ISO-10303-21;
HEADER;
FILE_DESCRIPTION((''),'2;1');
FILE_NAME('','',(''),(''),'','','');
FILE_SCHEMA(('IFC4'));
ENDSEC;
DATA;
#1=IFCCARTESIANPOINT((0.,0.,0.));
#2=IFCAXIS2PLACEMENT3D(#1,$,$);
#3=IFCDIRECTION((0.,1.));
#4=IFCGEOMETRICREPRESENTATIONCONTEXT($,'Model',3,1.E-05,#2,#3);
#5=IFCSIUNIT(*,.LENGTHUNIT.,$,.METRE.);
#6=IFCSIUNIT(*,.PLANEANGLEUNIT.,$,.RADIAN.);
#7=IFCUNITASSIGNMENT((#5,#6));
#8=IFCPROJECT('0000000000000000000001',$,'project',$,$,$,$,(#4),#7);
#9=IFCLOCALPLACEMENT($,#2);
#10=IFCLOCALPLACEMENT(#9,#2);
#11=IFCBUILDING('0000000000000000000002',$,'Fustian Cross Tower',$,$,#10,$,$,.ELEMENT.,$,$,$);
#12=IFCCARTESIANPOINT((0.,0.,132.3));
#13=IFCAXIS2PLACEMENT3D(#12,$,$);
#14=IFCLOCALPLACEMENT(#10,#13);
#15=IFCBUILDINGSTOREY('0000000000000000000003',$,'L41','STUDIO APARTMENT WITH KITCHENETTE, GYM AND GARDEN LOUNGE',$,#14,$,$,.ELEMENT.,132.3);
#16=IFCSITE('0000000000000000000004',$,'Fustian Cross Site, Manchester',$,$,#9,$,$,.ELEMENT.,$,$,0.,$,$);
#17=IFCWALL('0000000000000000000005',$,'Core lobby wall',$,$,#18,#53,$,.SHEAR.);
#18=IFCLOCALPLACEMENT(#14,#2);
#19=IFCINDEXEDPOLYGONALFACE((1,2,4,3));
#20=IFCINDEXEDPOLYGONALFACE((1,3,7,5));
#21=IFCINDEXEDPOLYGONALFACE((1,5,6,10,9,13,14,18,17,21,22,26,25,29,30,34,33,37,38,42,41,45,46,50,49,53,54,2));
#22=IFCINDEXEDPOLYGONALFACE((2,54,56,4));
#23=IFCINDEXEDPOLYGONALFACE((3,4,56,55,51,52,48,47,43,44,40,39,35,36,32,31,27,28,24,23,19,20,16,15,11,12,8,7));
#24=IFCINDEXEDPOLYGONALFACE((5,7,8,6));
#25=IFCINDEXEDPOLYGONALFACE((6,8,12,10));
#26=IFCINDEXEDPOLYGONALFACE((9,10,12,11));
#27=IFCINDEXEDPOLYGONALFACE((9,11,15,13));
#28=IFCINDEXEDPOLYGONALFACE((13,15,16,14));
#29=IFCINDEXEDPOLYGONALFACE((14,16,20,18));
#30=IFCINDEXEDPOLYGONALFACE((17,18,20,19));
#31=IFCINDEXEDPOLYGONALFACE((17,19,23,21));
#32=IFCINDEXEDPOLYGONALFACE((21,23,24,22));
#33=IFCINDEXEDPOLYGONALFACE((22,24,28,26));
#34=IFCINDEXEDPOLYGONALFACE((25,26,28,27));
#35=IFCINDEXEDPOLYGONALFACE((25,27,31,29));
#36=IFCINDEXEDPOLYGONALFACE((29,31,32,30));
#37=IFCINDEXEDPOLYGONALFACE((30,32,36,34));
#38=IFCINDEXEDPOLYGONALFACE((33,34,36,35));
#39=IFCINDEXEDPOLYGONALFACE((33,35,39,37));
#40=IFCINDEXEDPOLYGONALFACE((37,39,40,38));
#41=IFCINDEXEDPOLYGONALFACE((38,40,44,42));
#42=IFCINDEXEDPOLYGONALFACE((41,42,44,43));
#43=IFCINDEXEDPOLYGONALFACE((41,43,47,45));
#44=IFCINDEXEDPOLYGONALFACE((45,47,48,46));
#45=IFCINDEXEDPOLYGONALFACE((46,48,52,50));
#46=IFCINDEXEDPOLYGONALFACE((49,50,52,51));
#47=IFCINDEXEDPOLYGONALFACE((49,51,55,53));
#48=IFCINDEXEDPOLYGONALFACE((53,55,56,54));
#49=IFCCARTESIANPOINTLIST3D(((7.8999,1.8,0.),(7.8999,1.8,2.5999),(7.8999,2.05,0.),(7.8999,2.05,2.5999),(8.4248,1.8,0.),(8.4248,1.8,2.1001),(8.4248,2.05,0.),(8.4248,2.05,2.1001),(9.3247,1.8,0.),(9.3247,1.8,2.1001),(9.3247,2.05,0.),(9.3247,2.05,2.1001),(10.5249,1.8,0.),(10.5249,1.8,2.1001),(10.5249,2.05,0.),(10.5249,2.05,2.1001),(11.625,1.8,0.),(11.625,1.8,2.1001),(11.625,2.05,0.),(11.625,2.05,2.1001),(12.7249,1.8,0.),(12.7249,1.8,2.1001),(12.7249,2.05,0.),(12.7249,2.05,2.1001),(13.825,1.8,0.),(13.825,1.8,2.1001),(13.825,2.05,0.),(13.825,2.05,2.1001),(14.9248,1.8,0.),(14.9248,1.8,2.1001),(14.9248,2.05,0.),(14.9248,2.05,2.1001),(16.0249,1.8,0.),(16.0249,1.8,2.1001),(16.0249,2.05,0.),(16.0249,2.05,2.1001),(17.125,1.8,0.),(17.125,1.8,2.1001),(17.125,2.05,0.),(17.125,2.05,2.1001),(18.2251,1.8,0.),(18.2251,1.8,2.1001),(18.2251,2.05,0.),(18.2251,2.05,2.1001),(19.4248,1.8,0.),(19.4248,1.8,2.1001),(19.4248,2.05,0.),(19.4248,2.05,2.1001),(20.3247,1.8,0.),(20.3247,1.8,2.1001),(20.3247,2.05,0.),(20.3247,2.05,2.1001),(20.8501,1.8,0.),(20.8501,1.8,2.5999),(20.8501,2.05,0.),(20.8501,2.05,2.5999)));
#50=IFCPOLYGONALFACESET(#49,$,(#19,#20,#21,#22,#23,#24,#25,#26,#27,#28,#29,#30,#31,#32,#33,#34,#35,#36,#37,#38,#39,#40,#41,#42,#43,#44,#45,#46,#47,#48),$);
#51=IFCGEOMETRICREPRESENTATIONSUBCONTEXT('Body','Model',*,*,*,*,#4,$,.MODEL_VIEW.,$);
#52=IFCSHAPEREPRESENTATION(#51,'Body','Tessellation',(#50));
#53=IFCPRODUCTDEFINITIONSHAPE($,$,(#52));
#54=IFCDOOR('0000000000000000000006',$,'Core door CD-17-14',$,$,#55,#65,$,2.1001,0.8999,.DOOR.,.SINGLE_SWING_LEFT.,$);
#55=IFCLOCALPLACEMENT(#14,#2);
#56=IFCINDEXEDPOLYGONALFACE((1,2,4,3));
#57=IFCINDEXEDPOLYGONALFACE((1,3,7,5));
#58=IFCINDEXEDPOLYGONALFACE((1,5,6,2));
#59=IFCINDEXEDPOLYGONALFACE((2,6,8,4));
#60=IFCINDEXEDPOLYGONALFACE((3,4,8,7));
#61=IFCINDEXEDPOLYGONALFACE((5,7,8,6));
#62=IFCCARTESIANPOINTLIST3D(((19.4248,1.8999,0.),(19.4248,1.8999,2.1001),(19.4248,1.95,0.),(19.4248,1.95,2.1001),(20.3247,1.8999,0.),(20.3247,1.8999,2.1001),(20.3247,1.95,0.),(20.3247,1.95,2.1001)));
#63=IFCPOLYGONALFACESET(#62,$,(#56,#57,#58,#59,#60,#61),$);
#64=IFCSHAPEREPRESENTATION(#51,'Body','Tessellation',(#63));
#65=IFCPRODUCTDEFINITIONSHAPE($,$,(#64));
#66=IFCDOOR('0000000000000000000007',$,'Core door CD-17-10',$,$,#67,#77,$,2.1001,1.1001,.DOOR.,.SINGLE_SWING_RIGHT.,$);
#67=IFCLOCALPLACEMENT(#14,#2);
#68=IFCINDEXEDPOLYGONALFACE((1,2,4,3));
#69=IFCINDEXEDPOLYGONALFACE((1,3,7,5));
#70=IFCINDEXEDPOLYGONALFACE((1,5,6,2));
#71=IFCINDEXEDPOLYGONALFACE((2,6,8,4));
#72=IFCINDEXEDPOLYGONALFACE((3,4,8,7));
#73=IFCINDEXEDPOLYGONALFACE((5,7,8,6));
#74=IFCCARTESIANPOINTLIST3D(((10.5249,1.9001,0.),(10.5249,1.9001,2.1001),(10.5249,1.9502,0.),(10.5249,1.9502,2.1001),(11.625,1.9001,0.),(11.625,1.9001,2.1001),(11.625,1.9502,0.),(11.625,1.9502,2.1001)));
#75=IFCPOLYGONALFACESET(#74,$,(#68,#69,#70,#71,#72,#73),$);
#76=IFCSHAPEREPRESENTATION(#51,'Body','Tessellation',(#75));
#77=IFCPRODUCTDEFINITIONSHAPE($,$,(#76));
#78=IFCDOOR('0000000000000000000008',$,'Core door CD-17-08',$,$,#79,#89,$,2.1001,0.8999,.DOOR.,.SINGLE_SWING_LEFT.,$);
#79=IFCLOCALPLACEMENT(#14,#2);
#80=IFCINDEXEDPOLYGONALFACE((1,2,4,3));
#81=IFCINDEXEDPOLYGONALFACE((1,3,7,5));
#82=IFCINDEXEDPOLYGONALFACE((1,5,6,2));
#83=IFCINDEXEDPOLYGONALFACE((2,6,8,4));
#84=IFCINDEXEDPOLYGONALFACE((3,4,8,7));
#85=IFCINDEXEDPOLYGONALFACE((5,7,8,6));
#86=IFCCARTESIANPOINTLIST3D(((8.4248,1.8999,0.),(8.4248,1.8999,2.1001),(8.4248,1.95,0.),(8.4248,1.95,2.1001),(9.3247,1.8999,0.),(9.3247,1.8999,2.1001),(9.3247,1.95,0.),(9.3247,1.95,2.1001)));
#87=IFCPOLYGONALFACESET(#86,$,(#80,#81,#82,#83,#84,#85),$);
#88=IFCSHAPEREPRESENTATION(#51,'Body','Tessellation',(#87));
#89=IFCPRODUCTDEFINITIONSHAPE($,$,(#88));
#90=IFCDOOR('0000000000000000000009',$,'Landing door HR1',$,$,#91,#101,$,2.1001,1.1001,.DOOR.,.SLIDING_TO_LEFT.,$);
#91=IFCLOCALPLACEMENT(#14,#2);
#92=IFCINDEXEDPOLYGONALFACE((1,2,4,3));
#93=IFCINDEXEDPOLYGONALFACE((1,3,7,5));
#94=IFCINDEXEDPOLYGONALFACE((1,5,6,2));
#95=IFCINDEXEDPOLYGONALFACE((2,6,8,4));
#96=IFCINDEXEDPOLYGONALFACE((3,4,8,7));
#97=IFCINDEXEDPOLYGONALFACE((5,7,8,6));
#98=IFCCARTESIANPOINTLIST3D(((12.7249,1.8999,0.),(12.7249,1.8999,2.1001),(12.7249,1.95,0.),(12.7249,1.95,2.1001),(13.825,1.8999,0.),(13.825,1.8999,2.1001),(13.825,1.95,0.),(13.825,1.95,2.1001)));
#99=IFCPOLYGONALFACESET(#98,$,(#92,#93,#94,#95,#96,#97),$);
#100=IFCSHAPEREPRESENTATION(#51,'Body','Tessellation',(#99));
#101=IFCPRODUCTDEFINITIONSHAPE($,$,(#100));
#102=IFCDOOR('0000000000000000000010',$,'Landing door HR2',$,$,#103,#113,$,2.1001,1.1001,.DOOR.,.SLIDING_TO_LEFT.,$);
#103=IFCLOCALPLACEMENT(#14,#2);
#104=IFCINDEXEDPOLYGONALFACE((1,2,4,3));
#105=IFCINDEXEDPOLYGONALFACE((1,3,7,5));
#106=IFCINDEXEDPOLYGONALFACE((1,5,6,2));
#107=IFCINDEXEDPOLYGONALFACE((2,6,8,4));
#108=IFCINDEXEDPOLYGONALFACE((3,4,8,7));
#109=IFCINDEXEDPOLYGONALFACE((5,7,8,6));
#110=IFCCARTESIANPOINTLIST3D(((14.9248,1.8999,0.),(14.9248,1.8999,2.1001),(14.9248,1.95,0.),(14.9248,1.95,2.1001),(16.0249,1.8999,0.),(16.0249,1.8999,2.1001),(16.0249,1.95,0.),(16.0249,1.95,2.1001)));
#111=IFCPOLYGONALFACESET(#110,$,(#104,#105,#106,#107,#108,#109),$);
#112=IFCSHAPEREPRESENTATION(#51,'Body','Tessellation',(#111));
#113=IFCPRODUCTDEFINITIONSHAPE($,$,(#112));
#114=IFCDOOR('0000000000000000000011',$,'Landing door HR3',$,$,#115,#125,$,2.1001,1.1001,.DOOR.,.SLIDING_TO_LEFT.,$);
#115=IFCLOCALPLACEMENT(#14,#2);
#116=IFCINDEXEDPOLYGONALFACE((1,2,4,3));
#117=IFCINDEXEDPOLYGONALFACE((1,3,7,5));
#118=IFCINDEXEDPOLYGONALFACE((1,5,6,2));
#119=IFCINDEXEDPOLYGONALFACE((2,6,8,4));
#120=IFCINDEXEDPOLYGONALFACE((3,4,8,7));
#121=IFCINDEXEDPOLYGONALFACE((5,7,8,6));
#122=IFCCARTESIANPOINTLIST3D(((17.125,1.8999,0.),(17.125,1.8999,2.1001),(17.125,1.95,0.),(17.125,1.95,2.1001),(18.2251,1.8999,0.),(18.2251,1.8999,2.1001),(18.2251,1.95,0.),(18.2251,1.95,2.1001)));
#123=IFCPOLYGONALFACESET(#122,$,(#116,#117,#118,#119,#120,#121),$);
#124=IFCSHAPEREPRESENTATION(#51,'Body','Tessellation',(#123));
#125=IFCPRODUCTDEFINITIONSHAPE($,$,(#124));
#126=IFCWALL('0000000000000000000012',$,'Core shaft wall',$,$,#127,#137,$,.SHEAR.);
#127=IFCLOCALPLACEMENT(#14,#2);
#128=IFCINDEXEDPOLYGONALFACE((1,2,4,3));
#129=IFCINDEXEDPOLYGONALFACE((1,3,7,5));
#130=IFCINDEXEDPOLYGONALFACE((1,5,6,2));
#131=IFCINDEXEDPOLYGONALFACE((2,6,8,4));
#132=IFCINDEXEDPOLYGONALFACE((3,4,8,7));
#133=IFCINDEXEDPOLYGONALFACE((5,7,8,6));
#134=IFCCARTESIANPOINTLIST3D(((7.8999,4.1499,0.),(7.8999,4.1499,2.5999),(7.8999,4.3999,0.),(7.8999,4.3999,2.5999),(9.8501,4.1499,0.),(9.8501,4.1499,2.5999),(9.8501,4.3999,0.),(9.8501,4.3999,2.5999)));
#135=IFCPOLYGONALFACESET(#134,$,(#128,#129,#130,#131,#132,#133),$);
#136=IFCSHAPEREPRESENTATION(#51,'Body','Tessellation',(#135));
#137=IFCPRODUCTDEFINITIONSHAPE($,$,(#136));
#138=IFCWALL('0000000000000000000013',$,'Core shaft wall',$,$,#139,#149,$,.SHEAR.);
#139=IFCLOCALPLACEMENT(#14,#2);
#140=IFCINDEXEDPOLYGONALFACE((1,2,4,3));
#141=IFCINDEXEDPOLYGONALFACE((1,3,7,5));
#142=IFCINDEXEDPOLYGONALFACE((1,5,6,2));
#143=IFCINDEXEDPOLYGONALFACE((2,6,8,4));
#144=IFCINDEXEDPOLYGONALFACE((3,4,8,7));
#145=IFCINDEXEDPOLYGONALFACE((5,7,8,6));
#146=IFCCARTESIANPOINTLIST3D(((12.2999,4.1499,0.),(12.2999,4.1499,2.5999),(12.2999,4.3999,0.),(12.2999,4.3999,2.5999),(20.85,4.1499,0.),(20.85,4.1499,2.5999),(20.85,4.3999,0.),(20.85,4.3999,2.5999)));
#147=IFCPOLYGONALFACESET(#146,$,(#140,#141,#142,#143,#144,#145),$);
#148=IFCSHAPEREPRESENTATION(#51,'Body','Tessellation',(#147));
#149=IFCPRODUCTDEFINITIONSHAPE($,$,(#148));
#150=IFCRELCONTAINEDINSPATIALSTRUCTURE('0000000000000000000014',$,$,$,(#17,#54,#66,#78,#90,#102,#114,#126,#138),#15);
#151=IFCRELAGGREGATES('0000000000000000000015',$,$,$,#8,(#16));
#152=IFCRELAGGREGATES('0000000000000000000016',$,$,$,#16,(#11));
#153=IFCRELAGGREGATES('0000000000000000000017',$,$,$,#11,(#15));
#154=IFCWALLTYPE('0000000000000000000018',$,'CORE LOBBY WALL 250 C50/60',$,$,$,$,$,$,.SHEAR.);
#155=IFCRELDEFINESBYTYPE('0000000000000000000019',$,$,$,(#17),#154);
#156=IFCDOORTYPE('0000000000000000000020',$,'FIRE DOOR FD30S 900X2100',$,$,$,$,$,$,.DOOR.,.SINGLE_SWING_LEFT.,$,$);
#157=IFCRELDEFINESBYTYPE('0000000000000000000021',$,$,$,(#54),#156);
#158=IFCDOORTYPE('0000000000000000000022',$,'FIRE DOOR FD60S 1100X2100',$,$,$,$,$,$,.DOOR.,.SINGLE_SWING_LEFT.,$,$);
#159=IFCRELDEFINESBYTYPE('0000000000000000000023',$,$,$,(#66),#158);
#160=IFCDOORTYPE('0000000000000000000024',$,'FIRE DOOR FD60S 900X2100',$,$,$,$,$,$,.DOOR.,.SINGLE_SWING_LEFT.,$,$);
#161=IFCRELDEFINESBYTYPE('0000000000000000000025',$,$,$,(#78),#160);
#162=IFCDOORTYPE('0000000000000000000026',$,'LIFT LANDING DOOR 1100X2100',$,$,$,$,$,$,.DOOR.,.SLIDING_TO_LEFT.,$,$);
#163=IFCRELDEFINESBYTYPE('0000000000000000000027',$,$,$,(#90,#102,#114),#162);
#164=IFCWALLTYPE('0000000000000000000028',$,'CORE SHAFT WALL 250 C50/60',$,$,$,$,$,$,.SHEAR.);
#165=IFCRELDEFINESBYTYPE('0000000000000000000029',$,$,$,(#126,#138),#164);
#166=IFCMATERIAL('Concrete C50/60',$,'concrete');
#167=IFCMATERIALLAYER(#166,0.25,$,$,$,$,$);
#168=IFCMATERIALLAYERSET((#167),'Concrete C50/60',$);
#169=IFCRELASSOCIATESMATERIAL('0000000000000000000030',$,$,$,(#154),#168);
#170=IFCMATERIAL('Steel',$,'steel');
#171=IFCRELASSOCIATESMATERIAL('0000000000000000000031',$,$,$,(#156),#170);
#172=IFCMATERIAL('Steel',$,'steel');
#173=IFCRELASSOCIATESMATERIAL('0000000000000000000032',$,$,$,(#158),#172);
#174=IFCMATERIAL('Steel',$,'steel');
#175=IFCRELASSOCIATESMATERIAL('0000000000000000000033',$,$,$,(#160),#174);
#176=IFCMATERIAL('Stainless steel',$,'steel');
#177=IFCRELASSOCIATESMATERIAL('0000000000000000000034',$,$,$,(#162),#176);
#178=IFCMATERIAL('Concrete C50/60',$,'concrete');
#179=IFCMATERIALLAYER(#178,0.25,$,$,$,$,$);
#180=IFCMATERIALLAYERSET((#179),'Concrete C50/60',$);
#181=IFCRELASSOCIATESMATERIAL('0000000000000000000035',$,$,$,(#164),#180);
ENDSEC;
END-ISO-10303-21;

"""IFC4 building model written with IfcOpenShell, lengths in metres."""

from ifc_helpers import new_model, si_unit, direction, frame, frame_2d, origin, place, context, subcontext, project, spatial, rectangle, extrude, material, layer, layer_set, type_object, element, fill, save


model = new_model("IFC4")

# Units and contexts
model_context = context("Model", 3, precision=1e-05, world=origin(), true_north=direction((0.0, 1.0)))
body_context = subcontext(model_context, "Body", "Model", "MODEL_VIEW")
ifc_project = project(units=[si_unit("LENGTHUNIT", "METRE"), si_unit("PLANEANGLEUNIT", "RADIAN")], contexts=[model_context])

# Site, building, storey
site_placement = place(None, origin())
site = spatial("IfcSite", under=ifc_project, at=site_placement, Name="Fustian Cross Site, Manchester", CompositionType="ELEMENT", RefElevation=0.0)
building_placement = place(site_placement, origin())
building = spatial("IfcBuilding", under=site, at=building_placement, Name="Fustian Cross Tower", CompositionType="ELEMENT")
storey_placement = place(building_placement, frame((0.0, 0.0, 132.3)))
storey = spatial("IfcBuildingStorey", under=building, at=storey_placement, Name="L41", Description="STUDIO APARTMENT WITH KITCHENETTE, GYM AND GARDEN LOUNGE", CompositionType="ELEMENT", Elevation=132.3)

# Wall, openings, doors
ifc_material_1 = material(Name="Concrete C50/60", Category="concrete")
ifc_layer_1 = layer(ifc_material_1, 0.25)
ifc_layer_set_1 = layer_set([ifc_layer_1], Name="Concrete C50/60")
wall_type_1 = type_object("IfcWallType", Name="CORE LOBBY WALL 250 C50/60", PredefinedType="SHEAR", material=ifc_layer_set_1)
wall_1_placement = place(storey_placement, frame((7.8999, 1.925, 0.0), z_axis=(0.0, 0.0, 1.0), x_axis=(1.0, 0.0, 0.0)))
wall_1 = element("IfcWall", 1, at=wall_1_placement, inside=storey, type_object=wall_type_1, Name="Core lobby wall", PredefinedType="SHEAR", context=body_context, shape_type="SweptSolid", body=[
    extrude(rectangle(XDim=12.9502, YDim=0.25, at=frame_2d((6.4751, 0.0))), origin(), (0.0, 0.0, 1.0), 2.5999),
])
opening_1_placement = place(wall_1_placement, frame((4.825, 0.0, 0.0)))
opening_1 = element("IfcOpeningElement", 2, at=opening_1_placement, cuts=wall_1, PredefinedType="OPENING", context=body_context, shape_type="SweptSolid", body=[
    extrude(rectangle(XDim=1.1001, YDim=2.1001, at=frame_2d((0.55, 1.05))), frame((0.0, 0.135, 0.0), z_axis=(0.0, -1.0, 0.0), x_axis=(1.0, 0.0, 0.0)), (0.0, 0.0, 1.0), 0.27),
])
opening_2_placement = place(wall_1_placement, frame((7.0249, 0.0, 0.0)))
opening_2 = element("IfcOpeningElement", 3, at=opening_2_placement, cuts=wall_1, PredefinedType="OPENING", context=body_context, shape_type="SweptSolid", body=[
    extrude(rectangle(XDim=1.1001, YDim=2.1001, at=frame_2d((0.55, 1.05))), frame((0.0, 0.135, 0.0), z_axis=(0.0, -1.0, 0.0), x_axis=(1.0, 0.0, 0.0)), (0.0, 0.0, 1.0), 0.27),
])
opening_3_placement = place(wall_1_placement, frame((9.2251, 0.0, 0.0)))
opening_3 = element("IfcOpeningElement", 4, at=opening_3_placement, cuts=wall_1, PredefinedType="OPENING", context=body_context, shape_type="SweptSolid", body=[
    extrude(rectangle(XDim=1.1001, YDim=2.1001, at=frame_2d((0.55, 1.05))), frame((0.0, 0.135, 0.0), z_axis=(0.0, -1.0, 0.0), x_axis=(1.0, 0.0, 0.0)), (0.0, 0.0, 1.0), 0.27),
])
opening_4_placement = place(wall_1_placement, frame((0.5249, 0.0, 0.0)))
opening_4 = element("IfcOpeningElement", 5, at=opening_4_placement, cuts=wall_1, PredefinedType="OPENING", context=body_context, shape_type="SweptSolid", body=[
    extrude(rectangle(XDim=0.8999, YDim=2.1001, at=frame_2d((0.45, 1.05))), frame((0.0, 0.135, 0.0), z_axis=(0.0, -1.0, 0.0), x_axis=(1.0, 0.0, 0.0)), (0.0, 0.0, 1.0), 0.27),
])
opening_5_placement = place(wall_1_placement, frame((2.625, 0.0, 0.0)))
opening_5 = element("IfcOpeningElement", 6, at=opening_5_placement, cuts=wall_1, PredefinedType="OPENING", context=body_context, shape_type="SweptSolid", body=[
    extrude(rectangle(XDim=1.1001, YDim=2.1001, at=frame_2d((0.55, 1.05))), frame((0.0, 0.135, 0.0), z_axis=(0.0, -1.0, 0.0), x_axis=(1.0, 0.0, 0.0)), (0.0, 0.0, 1.0), 0.27),
])
opening_6_placement = place(wall_1_placement, frame((11.5249, 0.0, 0.0)))
opening_6 = element("IfcOpeningElement", 7, at=opening_6_placement, cuts=wall_1, PredefinedType="OPENING", context=body_context, shape_type="SweptSolid", body=[
    extrude(rectangle(XDim=0.8999, YDim=2.1001, at=frame_2d((0.45, 1.05))), frame((0.0, 0.135, 0.0), z_axis=(0.0, -1.0, 0.0), x_axis=(1.0, 0.0, 0.0)), (0.0, 0.0, 1.0), 0.27),
])
ifc_material_2 = material(Name="Steel", Category="steel")
door_type_1 = type_object("IfcDoorType", Name="FIRE DOOR FD30S 900X2100", OperationType="SINGLE_SWING_LEFT", PredefinedType="DOOR", material=ifc_material_2)
door_1_placement = place(opening_6_placement, origin())
door_1 = element("IfcDoor", 8, at=door_1_placement, inside=storey, type_object=door_type_1, Name="Core door CD-17-14", OperationType="SINGLE_SWING_LEFT", OverallHeight=2.1001, OverallWidth=0.8999, PredefinedType="DOOR", context=body_context, shape_type="SweptSolid", body=[
    extrude(rectangle(XDim=0.8999, YDim=2.1001, at=frame_2d((0.45, 1.05))), frame((0.0, 0.0249, 0.0), z_axis=(0.0, -1.0, 0.0), x_axis=(1.0, 0.0, 0.0)), (0.0, 0.0, 1.0), 0.05),
])
fill(opening_6, door_1)
ifc_material_3 = material(Name="Steel", Category="steel")
door_type_2 = type_object("IfcDoorType", Name="FIRE DOOR FD60S 1100X2100", OperationType="SINGLE_SWING_LEFT", PredefinedType="DOOR", material=ifc_material_3)
door_2_placement = place(opening_5_placement, frame((1.1001, 0.0, 0.0), z_axis=(0.0, 0.0, 1.0), x_axis=(-1.0, 0.0, 0.0)))
door_2 = element("IfcDoor", 9, at=door_2_placement, inside=storey, type_object=door_type_2, Name="Core door CD-17-10", OperationType="SINGLE_SWING_RIGHT", OverallHeight=2.1001, OverallWidth=1.1001, PredefinedType="DOOR", context=body_context, shape_type="SweptSolid", body=[
    extrude(rectangle(XDim=1.1001, YDim=2.1001, at=frame_2d((0.55, 1.05))), frame((0.0, 0.0249, 0.0), z_axis=(0.0, -1.0, 0.0), x_axis=(1.0, 0.0, 0.0)), (0.0, 0.0, 1.0), 0.05),
])
fill(opening_5, door_2)
ifc_material_4 = material(Name="Steel", Category="steel")
door_type_3 = type_object("IfcDoorType", Name="FIRE DOOR FD60S 900X2100", OperationType="SINGLE_SWING_LEFT", PredefinedType="DOOR", material=ifc_material_4)
door_3_placement = place(opening_4_placement, origin())
door_3 = element("IfcDoor", 10, at=door_3_placement, inside=storey, type_object=door_type_3, Name="Core door CD-17-08", OperationType="SINGLE_SWING_LEFT", OverallHeight=2.1001, OverallWidth=0.8999, PredefinedType="DOOR", context=body_context, shape_type="SweptSolid", body=[
    extrude(rectangle(XDim=0.8999, YDim=2.1001, at=frame_2d((0.45, 1.05))), frame((0.0, 0.0249, 0.0), z_axis=(0.0, -1.0, 0.0), x_axis=(1.0, 0.0, 0.0)), (0.0, 0.0, 1.0), 0.05),
])
fill(opening_4, door_3)
ifc_material_5 = material(Name="Stainless steel", Category="steel")
door_type_4 = type_object("IfcDoorType", Name="LIFT LANDING DOOR 1100X2100", OperationType="SLIDING_TO_LEFT", PredefinedType="DOOR", material=ifc_material_5)
door_4_placement = place(opening_1_placement, origin())
door_4 = element("IfcDoor", 11, at=door_4_placement, inside=storey, type_object=door_type_4, Name="Landing door HR1", OperationType="SLIDING_TO_LEFT", OverallHeight=2.1001, OverallWidth=1.1001, PredefinedType="DOOR", context=body_context, shape_type="SweptSolid", body=[
    extrude(rectangle(XDim=1.1001, YDim=2.1001, at=frame_2d((0.55, 1.05))), frame((0.0, 0.0249, 0.0), z_axis=(0.0, -1.0, 0.0), x_axis=(1.0, 0.0, 0.0)), (0.0, 0.0, 1.0), 0.05),
])
fill(opening_1, door_4)
door_5_placement = place(opening_2_placement, origin())
door_5 = element("IfcDoor", 12, at=door_5_placement, inside=storey, type_object=door_type_4, Name="Landing door HR2", OperationType="SLIDING_TO_LEFT", OverallHeight=2.1001, OverallWidth=1.1001, PredefinedType="DOOR", context=body_context, shape_type="SweptSolid", body=[
    extrude(rectangle(XDim=1.1001, YDim=2.1001, at=frame_2d((0.55, 1.05))), frame((0.0, 0.0249, 0.0), z_axis=(0.0, -1.0, 0.0), x_axis=(1.0, 0.0, 0.0)), (0.0, 0.0, 1.0), 0.05),
])
fill(opening_2, door_5)
door_6_placement = place(opening_3_placement, origin())
door_6 = element("IfcDoor", 13, at=door_6_placement, inside=storey, type_object=door_type_4, Name="Landing door HR3", OperationType="SLIDING_TO_LEFT", OverallHeight=2.1001, OverallWidth=1.1001, PredefinedType="DOOR", context=body_context, shape_type="SweptSolid", body=[
    extrude(rectangle(XDim=1.1001, YDim=2.1001, at=frame_2d((0.55, 1.05))), frame((0.0, 0.0249, 0.0), z_axis=(0.0, -1.0, 0.0), x_axis=(1.0, 0.0, 0.0)), (0.0, 0.0, 1.0), 0.05),
])
fill(opening_3, door_6)

# Walls
ifc_material_6 = material(Name="Concrete C50/60", Category="concrete")
ifc_layer_2 = layer(ifc_material_6, 0.25)
ifc_layer_set_2 = layer_set([ifc_layer_2], Name="Concrete C50/60")
wall_type_2 = type_object("IfcWallType", Name="CORE SHAFT WALL 250 C50/60", PredefinedType="SHEAR", material=ifc_layer_set_2)
wall_2_placement = place(storey_placement, frame((7.8999, 4.2749, 0.0), z_axis=(0.0, 0.0, 1.0), x_axis=(1.0, 0.0, 0.0)))
element("IfcWall", 14, at=wall_2_placement, inside=storey, type_object=wall_type_2, Name="Core shaft wall", PredefinedType="SHEAR", context=body_context, shape_type="SweptSolid", body=[
    extrude(rectangle(XDim=1.9502, YDim=0.25, at=frame_2d((0.9751, 0.0))), origin(), (0.0, 0.0, 1.0), 2.5999),
])
wall_3_placement = place(storey_placement, frame((12.3, 4.2749, 0.0), z_axis=(0.0, 0.0, 1.0), x_axis=(1.0, 0.0, 0.0)))
element("IfcWall", 15, at=wall_3_placement, inside=storey, type_object=wall_type_2, Name="Core shaft wall", PredefinedType="SHEAR", context=body_context, shape_type="SweptSolid", body=[
    extrude(rectangle(XDim=8.55, YDim=0.25, at=frame_2d((4.2749, 0.0))), origin(), (0.0, 0.0, 1.0), 2.5999),
])

save(model, "model.ifc")
